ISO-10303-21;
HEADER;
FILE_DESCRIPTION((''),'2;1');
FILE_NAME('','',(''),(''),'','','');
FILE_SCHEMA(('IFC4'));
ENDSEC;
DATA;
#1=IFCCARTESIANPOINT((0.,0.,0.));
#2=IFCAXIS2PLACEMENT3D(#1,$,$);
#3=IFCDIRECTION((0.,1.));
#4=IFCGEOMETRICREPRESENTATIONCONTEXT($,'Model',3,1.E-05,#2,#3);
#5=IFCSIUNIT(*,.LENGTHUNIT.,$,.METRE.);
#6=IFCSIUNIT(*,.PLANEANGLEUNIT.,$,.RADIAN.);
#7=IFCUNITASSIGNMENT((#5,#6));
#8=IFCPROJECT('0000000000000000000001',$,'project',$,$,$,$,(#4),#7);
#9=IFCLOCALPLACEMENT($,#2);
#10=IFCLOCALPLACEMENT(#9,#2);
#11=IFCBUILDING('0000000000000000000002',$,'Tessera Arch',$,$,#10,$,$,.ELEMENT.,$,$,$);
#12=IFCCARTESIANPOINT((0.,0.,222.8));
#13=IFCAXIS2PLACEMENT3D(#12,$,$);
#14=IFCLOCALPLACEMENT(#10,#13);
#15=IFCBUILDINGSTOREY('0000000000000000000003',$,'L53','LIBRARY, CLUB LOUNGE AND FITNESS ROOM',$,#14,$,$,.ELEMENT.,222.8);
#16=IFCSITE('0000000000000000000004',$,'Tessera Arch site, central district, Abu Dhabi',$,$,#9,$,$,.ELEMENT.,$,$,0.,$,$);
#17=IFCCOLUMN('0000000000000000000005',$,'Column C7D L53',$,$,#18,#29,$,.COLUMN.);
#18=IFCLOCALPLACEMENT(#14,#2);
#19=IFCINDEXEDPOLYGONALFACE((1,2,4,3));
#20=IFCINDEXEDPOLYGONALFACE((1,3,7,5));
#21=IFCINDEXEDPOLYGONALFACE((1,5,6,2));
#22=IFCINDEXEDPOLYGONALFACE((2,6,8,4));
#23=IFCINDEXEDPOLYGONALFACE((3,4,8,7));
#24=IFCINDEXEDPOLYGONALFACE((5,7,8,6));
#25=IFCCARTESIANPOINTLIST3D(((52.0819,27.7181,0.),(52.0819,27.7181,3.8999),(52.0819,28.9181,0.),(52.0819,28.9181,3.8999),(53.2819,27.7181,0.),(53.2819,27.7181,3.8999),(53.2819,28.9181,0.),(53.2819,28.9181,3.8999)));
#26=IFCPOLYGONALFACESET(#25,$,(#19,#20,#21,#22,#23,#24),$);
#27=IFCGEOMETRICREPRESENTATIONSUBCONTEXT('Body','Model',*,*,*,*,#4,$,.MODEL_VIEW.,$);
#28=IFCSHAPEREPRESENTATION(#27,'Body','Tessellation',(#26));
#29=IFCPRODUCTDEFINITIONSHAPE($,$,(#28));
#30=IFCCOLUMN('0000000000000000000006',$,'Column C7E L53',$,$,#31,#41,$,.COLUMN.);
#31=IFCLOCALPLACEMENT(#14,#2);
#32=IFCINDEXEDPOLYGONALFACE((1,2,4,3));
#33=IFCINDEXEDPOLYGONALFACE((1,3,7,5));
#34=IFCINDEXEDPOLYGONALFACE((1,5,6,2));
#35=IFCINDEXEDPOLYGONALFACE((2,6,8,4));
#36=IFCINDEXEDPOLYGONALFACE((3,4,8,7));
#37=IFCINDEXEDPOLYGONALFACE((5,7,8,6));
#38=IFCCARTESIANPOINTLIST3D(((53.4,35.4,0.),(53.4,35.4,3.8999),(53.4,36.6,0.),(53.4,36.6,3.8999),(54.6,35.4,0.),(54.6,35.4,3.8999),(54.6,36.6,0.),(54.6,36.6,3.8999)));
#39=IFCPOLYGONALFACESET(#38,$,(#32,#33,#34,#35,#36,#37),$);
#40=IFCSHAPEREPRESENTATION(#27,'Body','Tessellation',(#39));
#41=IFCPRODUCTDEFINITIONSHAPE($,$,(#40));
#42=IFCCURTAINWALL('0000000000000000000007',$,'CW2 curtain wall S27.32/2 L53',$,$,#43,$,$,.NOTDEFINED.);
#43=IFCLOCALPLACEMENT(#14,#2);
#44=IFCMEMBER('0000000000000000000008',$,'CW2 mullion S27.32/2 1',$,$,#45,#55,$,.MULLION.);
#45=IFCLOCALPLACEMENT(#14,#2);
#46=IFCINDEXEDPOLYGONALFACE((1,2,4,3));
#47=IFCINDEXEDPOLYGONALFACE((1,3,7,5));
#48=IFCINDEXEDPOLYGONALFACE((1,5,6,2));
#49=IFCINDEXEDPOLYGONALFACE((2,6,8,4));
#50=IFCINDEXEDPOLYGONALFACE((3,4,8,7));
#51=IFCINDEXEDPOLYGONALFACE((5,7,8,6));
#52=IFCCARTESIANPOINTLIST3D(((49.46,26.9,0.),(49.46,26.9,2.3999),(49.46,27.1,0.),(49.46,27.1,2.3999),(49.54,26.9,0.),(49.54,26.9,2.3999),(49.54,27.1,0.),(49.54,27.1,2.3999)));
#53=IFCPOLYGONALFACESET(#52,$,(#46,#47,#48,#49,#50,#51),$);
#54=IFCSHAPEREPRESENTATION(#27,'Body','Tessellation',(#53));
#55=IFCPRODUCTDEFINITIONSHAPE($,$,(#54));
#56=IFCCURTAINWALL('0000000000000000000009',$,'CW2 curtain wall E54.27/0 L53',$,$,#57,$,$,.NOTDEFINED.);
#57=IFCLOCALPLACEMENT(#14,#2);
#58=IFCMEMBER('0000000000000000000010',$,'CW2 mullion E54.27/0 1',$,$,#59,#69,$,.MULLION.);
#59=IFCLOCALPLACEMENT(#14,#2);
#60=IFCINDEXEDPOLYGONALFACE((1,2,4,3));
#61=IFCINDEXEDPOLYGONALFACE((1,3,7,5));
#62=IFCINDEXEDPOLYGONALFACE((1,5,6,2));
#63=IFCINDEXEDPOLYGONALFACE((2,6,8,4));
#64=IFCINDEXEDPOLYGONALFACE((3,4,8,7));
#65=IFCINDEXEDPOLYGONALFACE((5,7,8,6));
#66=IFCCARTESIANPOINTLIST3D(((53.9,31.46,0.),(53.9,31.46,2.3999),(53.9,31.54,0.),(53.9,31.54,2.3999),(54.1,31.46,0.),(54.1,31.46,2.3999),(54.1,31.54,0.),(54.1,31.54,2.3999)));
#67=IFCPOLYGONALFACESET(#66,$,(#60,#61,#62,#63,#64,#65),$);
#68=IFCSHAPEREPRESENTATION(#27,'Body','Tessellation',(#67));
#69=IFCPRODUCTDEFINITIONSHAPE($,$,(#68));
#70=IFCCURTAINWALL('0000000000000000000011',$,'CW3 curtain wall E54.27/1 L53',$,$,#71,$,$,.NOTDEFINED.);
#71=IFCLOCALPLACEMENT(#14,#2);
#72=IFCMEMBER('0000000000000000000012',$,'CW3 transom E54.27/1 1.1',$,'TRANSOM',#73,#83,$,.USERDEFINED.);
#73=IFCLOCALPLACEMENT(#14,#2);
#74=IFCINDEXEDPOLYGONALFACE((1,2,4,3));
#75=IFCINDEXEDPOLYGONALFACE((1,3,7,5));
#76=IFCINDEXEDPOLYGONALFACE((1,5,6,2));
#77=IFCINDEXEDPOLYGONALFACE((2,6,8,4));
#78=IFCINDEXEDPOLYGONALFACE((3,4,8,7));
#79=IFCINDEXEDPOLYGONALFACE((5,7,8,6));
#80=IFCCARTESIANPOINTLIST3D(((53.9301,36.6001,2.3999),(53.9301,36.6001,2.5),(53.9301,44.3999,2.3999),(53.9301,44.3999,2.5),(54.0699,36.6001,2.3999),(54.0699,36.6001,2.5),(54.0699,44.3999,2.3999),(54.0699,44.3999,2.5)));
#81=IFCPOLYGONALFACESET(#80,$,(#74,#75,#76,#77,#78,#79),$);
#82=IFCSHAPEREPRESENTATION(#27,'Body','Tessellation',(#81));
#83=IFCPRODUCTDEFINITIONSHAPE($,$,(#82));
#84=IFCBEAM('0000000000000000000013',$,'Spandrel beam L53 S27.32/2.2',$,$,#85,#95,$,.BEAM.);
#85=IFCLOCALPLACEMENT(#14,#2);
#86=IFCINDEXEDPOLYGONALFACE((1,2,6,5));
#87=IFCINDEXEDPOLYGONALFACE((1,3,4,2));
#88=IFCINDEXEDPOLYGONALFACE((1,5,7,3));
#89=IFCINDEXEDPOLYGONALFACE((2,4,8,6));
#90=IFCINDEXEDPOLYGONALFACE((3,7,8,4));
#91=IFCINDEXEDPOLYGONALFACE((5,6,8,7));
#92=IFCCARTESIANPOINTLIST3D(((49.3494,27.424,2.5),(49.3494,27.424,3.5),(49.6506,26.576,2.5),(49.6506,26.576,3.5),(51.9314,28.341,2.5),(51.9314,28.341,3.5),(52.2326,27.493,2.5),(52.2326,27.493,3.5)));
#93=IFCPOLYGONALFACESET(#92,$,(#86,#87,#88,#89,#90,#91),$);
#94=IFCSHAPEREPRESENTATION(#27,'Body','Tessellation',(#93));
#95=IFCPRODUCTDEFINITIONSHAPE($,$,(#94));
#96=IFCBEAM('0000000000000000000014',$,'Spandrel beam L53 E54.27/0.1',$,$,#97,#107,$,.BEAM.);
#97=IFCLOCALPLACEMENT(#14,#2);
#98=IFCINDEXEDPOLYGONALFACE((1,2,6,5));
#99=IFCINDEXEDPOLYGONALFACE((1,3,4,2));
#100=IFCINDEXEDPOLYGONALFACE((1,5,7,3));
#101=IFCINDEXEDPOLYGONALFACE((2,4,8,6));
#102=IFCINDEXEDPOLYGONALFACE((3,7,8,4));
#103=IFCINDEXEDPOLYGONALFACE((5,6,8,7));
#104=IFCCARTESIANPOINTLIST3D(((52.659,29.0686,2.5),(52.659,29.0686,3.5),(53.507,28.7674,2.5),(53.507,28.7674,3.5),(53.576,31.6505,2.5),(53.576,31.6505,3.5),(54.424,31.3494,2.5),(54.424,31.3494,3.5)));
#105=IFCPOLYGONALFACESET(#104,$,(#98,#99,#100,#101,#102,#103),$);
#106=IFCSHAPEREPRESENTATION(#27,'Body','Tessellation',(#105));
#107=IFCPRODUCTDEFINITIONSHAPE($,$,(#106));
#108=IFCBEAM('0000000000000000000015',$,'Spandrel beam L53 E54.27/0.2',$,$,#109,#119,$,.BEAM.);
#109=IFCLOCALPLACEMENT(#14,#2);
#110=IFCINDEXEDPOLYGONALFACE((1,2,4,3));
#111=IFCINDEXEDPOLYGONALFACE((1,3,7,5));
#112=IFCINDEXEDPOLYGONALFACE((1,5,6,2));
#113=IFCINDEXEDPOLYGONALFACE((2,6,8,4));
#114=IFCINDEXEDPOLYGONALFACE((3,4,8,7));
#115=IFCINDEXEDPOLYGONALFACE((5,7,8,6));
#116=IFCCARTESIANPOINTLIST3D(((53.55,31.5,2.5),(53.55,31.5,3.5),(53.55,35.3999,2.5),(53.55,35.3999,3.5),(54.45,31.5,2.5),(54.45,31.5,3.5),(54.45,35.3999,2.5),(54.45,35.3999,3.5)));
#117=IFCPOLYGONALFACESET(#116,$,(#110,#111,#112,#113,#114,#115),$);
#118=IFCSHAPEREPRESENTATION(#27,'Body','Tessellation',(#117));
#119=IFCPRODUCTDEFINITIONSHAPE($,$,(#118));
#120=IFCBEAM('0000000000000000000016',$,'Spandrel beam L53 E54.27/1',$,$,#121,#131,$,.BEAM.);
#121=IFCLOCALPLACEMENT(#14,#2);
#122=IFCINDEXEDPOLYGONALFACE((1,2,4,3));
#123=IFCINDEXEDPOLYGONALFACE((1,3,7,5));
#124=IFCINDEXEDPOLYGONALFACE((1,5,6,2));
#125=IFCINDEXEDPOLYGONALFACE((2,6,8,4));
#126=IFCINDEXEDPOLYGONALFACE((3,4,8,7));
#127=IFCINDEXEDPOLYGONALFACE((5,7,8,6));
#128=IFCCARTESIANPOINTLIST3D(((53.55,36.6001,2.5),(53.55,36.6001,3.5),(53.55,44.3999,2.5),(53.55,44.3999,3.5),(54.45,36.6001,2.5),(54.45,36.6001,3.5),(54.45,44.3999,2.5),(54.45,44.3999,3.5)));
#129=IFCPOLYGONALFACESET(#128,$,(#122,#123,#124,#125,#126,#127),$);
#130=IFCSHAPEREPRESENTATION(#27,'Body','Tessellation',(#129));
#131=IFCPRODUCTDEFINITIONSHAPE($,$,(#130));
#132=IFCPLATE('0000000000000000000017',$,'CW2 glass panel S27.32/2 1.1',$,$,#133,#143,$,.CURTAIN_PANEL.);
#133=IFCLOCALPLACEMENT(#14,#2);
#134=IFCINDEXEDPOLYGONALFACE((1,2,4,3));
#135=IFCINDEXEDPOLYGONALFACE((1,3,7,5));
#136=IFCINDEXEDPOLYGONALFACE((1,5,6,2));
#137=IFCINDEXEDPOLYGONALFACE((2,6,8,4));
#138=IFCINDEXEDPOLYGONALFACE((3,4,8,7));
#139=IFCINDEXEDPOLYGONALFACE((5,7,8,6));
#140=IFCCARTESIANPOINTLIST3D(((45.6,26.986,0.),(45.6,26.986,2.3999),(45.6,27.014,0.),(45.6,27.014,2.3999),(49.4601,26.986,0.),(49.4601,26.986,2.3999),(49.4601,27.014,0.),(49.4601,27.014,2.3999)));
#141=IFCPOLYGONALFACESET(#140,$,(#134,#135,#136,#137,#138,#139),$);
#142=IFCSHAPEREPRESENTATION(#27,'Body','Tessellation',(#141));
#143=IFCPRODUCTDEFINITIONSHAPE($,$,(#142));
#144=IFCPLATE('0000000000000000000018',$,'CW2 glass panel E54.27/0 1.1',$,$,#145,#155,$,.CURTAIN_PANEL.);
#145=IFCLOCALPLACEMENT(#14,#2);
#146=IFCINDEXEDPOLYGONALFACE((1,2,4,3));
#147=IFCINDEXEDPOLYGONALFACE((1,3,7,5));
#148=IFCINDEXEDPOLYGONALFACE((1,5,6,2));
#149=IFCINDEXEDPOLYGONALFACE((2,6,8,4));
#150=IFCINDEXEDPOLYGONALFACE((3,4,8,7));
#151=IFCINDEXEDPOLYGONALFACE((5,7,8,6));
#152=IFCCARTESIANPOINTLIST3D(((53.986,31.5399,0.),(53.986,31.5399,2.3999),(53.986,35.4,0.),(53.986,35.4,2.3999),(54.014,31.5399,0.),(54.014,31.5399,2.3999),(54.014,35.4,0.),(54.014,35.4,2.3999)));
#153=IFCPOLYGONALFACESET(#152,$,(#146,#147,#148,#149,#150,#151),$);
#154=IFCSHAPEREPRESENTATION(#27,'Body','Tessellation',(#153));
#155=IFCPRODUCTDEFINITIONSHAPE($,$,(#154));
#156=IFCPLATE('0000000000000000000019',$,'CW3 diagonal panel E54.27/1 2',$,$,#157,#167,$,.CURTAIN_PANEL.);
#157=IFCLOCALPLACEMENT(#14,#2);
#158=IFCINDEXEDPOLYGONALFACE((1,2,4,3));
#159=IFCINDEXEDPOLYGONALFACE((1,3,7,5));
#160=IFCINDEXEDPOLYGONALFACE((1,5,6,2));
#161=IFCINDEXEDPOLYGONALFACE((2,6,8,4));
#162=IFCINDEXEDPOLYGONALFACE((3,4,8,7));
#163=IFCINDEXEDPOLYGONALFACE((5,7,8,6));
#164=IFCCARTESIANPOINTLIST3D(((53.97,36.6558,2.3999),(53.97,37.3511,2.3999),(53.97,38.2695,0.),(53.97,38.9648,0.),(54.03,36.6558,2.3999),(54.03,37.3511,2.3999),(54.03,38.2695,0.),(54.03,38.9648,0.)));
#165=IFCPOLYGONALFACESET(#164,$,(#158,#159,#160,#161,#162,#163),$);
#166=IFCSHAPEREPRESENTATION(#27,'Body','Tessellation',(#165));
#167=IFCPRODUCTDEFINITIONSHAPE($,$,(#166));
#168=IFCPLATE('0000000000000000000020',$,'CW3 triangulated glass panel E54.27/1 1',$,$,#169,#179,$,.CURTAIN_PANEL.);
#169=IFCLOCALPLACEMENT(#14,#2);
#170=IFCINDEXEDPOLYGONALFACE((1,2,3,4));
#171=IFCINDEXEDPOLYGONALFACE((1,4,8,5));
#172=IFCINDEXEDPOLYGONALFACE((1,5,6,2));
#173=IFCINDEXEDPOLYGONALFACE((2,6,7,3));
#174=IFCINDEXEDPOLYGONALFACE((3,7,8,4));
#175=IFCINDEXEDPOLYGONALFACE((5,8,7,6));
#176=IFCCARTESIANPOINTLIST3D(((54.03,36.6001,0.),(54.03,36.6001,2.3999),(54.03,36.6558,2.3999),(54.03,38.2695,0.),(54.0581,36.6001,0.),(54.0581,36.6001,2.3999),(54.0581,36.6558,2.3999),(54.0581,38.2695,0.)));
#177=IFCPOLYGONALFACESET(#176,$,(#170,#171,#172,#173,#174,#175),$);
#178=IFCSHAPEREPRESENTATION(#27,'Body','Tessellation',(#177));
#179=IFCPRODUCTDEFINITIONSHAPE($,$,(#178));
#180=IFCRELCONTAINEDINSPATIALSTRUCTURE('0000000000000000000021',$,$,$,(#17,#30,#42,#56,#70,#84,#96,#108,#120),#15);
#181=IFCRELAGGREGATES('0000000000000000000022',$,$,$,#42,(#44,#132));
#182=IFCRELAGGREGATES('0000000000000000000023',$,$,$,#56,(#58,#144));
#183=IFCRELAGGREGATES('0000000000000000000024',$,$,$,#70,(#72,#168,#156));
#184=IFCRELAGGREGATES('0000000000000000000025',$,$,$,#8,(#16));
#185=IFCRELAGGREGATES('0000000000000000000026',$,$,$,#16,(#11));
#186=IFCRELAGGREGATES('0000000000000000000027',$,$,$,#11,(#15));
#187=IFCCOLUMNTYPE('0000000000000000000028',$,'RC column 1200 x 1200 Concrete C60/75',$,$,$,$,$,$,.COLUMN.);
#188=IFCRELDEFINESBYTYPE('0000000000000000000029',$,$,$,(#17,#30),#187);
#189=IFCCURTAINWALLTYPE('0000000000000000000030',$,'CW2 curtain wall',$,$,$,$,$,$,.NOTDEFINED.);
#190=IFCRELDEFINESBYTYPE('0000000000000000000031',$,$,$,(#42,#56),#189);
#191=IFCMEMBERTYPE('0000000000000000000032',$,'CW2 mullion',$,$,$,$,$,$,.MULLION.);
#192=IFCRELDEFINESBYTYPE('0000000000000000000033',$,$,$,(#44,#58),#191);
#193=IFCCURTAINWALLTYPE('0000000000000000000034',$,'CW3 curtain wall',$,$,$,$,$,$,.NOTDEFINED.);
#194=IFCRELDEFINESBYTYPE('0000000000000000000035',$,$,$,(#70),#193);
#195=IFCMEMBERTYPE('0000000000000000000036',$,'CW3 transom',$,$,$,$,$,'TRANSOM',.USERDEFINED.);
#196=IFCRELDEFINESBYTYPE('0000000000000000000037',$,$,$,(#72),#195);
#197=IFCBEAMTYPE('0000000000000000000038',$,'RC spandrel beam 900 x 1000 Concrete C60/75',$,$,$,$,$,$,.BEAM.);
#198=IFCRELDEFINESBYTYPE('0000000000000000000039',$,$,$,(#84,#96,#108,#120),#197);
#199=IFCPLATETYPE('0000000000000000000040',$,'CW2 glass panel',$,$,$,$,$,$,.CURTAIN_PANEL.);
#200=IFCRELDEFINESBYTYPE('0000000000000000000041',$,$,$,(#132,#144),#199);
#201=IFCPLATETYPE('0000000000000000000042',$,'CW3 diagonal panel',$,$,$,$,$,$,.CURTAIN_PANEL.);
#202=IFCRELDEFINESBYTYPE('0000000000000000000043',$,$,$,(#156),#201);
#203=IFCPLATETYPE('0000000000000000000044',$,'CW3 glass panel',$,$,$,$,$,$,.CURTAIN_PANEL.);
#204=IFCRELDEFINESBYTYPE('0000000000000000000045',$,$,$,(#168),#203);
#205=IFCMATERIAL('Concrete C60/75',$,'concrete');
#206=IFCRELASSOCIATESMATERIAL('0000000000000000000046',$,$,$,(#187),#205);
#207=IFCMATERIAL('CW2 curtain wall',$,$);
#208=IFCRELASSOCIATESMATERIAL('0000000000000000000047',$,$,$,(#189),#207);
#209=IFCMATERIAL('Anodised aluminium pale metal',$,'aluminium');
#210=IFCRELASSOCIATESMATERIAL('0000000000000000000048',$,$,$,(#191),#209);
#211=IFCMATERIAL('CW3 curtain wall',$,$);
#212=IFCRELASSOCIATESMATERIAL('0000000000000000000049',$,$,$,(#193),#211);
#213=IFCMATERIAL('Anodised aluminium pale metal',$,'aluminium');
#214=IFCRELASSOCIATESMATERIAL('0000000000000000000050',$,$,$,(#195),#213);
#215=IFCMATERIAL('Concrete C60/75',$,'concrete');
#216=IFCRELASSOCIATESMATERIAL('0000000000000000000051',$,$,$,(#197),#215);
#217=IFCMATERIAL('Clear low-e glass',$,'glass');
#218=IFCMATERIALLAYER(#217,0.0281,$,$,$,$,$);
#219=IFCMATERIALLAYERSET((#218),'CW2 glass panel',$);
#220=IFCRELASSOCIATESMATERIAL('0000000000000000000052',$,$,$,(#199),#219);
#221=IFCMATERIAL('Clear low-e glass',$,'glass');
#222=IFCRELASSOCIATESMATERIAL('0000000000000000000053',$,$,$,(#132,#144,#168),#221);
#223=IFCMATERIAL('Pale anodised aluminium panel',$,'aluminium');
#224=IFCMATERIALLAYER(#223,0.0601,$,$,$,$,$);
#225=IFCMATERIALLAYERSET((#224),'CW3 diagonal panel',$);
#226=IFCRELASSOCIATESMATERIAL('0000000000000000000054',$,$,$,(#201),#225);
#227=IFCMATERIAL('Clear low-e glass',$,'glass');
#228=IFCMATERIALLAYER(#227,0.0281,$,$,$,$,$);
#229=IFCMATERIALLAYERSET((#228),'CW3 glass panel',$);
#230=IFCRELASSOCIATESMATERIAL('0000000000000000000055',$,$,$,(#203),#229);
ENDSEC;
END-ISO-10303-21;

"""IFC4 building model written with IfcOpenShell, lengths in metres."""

from ifc_helpers import new_model, si_unit, direction, frame, origin, origin_2d, place, context, subcontext, project, spatial, polyline, rectangle, outline, extrude, material, layer, layer_set, material_profile, profile_set, type_object, element, aggregate, save


model = new_model("IFC4")

# Units and contexts
model_context = context("Model", 3, precision=1e-05, world=origin(), true_north=direction((0.0, 1.0)))
body_context = subcontext(model_context, "Body", "Model", "MODEL_VIEW")
ifc_project = project(units=[si_unit("LENGTHUNIT", "METRE"), si_unit("PLANEANGLEUNIT", "RADIAN")], contexts=[model_context])

# Site, building, storey
site_placement = place(None, origin())
site = spatial("IfcSite", under=ifc_project, at=site_placement, Name="Tessera Arch site, central district, Abu Dhabi", CompositionType="ELEMENT", RefElevation=0.0)
building_placement = place(site_placement, origin())
building = spatial("IfcBuilding", under=site, at=building_placement, Name="Tessera Arch", CompositionType="ELEMENT")
storey_placement = place(building_placement, frame((0.0, 0.0, 222.8)))
storey = spatial("IfcBuildingStorey", under=building, at=storey_placement, Name="L53", Description="LIBRARY, CLUB LOUNGE AND FITNESS ROOM", CompositionType="ELEMENT", Elevation=222.8)

# Columns
ifc_material_1 = material(Name="Concrete C60/75", Category="concrete")
ifc_material_profile_1 = material_profile(ifc_material_1, rectangle(XDim=1.2, YDim=1.2, at=origin_2d()), Name="RC column 1200 x 1200 Concrete C60/75")
ifc_profile_set_1 = profile_set([ifc_material_profile_1], Name="Concrete C60/75")
column_type = type_object("IfcColumnType", Name="RC column 1200 x 1200 Concrete C60/75", PredefinedType="COLUMN", material=ifc_profile_set_1)
for number, where, z_axis, x_axis, name in (
    (1, (52.6819, 28.3181, 0.0), (0.0, 0.0, 1.0), (1.0, 0.0, 0.0), "Column C7D L53"),
    (2, (54.0, 36.0, 0.0), (0.0, 0.0, 1.0), (1.0, 0.0, 0.0), "Column C7E L53"),
):
    element("IfcColumn", number, at=place(storey_placement, frame(where, z_axis=z_axis, x_axis=x_axis)), inside=storey, type_object=column_type, Name=name, PredefinedType="COLUMN", context=body_context, shape_type="SweptSolid", body=[
        extrude(rectangle(XDim=1.2, YDim=1.2, at=origin_2d()), origin(), (0.0, 0.0, 1.0), 3.8999),
    ])

# Curtain walls, members
ifc_material_2 = material(Name="CW2 curtain wall")
curtain_wall_type_1 = type_object("IfcCurtainWallType", Name="CW2 curtain wall", PredefinedType="NOTDEFINED", material=ifc_material_2)
curtain_wall_1_placement = place(storey_placement, origin())
curtain_wall_1 = element("IfcCurtainWall", 3, at=curtain_wall_1_placement, inside=storey, type_object=curtain_wall_type_1, Name="CW2 curtain wall S27.32/2 L53", PredefinedType="NOTDEFINED")
ifc_material_3 = material(Name="Anodised aluminium pale metal", Category="aluminium")
ifc_material_profile_2 = material_profile(ifc_material_3, rectangle(XDim=0.2, YDim=0.0801, at=origin_2d()), Name="AL 80x200")
ifc_profile_set_2 = profile_set([ifc_material_profile_2], Name="Anodised aluminium pale metal")
member_type_1 = type_object("IfcMemberType", Name="CW2 mullion", PredefinedType="MULLION", material=ifc_profile_set_2)
member_1_placement = place(storey_placement, frame((49.5, 27.0, 0.0), z_axis=(0.0, 0.0, 1.0), x_axis=(0.0, 1.0, 0.0)))
member_1 = element("IfcMember", 4, at=member_1_placement, type_object=member_type_1, Name="CW2 mullion S27.32/2 1", PredefinedType="MULLION", context=body_context, shape_type="SweptSolid", body=[
    extrude(rectangle(XDim=0.2, YDim=0.0801, at=origin_2d()), origin(), (0.0, 0.0, 1.0), 2.3999),
])
curtain_wall_2_placement = place(storey_placement, origin())
curtain_wall_2 = element("IfcCurtainWall", 5, at=curtain_wall_2_placement, inside=storey, type_object=curtain_wall_type_1, Name="CW2 curtain wall E54.27/0 L53", PredefinedType="NOTDEFINED")
member_2_placement = place(storey_placement, frame((54.0, 31.5, 0.0), z_axis=(0.0, 0.0, 1.0), x_axis=(-1.0, 0.0, 0.0)))
member_2 = element("IfcMember", 6, at=member_2_placement, type_object=member_type_1, Name="CW2 mullion E54.27/0 1", PredefinedType="MULLION", context=body_context, shape_type="SweptSolid", body=[
    extrude(rectangle(XDim=0.2, YDim=0.0801, at=origin_2d()), origin(), (0.0, 0.0, 1.0), 2.3999),
])
ifc_material_4 = material(Name="CW3 curtain wall")
curtain_wall_type_2 = type_object("IfcCurtainWallType", Name="CW3 curtain wall", PredefinedType="NOTDEFINED", material=ifc_material_4)
curtain_wall_3_placement = place(storey_placement, origin())
curtain_wall_3 = element("IfcCurtainWall", 7, at=curtain_wall_3_placement, inside=storey, type_object=curtain_wall_type_2, Name="CW3 curtain wall E54.27/1 L53", PredefinedType="NOTDEFINED")
ifc_material_5 = material(Name="Anodised aluminium pale metal", Category="aluminium")
ifc_material_profile_3 = material_profile(ifc_material_5, rectangle(XDim=0.1399, YDim=0.1001, at=origin_2d()), Name="AL 140x100")
ifc_profile_set_3 = profile_set([ifc_material_profile_3], Name="Anodised aluminium pale metal")
member_type_2 = type_object("IfcMemberType", Name="CW3 transom", ElementType="TRANSOM", PredefinedType="USERDEFINED", material=ifc_profile_set_3)
member_3_placement = place(storey_placement, frame((54.0, 36.6001, 2.45), z_axis=(0.0, 1.0, 0.0), x_axis=(-1.0, 0.0, 0.0)))
member_3 = element("IfcMember", 8, at=member_3_placement, type_object=member_type_2, Name="CW3 transom E54.27/1 1.1", ObjectType="TRANSOM", PredefinedType="USERDEFINED", context=body_context, shape_type="SweptSolid", body=[
    extrude(rectangle(XDim=0.1399, YDim=0.1001, at=origin_2d()), origin(), (0.0, 0.0, 1.0), 7.7998),
])

# Beams
ifc_material_6 = material(Name="Concrete C60/75", Category="concrete")
ifc_material_profile_4 = material_profile(ifc_material_6, rectangle(XDim=0.8999, YDim=1.0, at=origin_2d()), Name="RC spandrel beam 900 x 1000 Concrete C60/75")
ifc_profile_set_4 = profile_set([ifc_material_profile_4], Name="Concrete C60/75")
beam_type = type_object("IfcBeamType", Name="RC spandrel beam 900 x 1000 Concrete C60/75", PredefinedType="BEAM", material=ifc_profile_set_4)
for number, where, z_axis, x_axis, name in (
    (9, (49.5, 27.0, 3.0), (0.942337, 0.334665, 0.0), (-0.334665, 0.942337, 0.0), "Spandrel beam L53 S27.32/2.2"),
    (10, (53.083, 28.918, 3.0), (0.334665, 0.942337, 0.0), (-0.942337, 0.334665, 0.0), "Spandrel beam L53 E54.27/0.1"),
):
    element("IfcBeam", number, at=place(storey_placement, frame(where, z_axis=z_axis, x_axis=x_axis)), inside=storey, type_object=beam_type, Name=name, PredefinedType="BEAM", context=body_context, shape_type="SweptSolid", body=[
        extrude(rectangle(XDim=0.8999, YDim=1.0, at=origin_2d()), origin(), (0.0, 0.0, 1.0), 2.74),
    ])
beam_1_placement = place(storey_placement, frame((54.0, 31.5, 3.0), z_axis=(0.0, 1.0, 0.0), x_axis=(-1.0, 0.0, 0.0)))
element("IfcBeam", 11, at=beam_1_placement, inside=storey, type_object=beam_type, Name="Spandrel beam L53 E54.27/0.2", PredefinedType="BEAM", context=body_context, shape_type="SweptSolid", body=[
    extrude(rectangle(XDim=0.8999, YDim=1.0, at=origin_2d()), origin(), (0.0, 0.0, 1.0), 3.8999),
])
beam_2_placement = place(storey_placement, frame((54.0, 36.6001, 3.0), z_axis=(0.0, 1.0, 0.0), x_axis=(-1.0, 0.0, 0.0)))
element("IfcBeam", 12, at=beam_2_placement, inside=storey, type_object=beam_type, Name="Spandrel beam L53 E54.27/1", PredefinedType="BEAM", context=body_context, shape_type="SweptSolid", body=[
    extrude(rectangle(XDim=0.8999, YDim=1.0, at=origin_2d()), origin(), (0.0, 0.0, 1.0), 7.7998),
])

# Plates
ifc_material_7 = material(Name="Clear low-e glass", Category="glass")
ifc_material_8 = material(Name="Clear low-e glass", Category="glass")
ifc_layer_1 = layer(ifc_material_8, 0.0281)
ifc_layer_set_1 = layer_set([ifc_layer_1], Name="CW2 glass panel")
plate_type_1 = type_object("IfcPlateType", Name="CW2 glass panel", PredefinedType="CURTAIN_PANEL", material=ifc_layer_set_1)
plate_1_placement = place(storey_placement, frame((47.53, 27.0, 0.0), z_axis=(0.0, 0.0, 1.0), x_axis=(1.0, 0.0, 0.0)))
plate_1 = element("IfcPlate", 13, at=plate_1_placement, type_object=plate_type_1, material=ifc_material_7, Name="CW2 glass panel S27.32/2 1.1", PredefinedType="CURTAIN_PANEL", context=body_context, shape_type="SweptSolid", body=[
    extrude(rectangle(XDim=3.8601, YDim=0.0281, at=origin_2d()), origin(), (0.0, 0.0, 1.0), 2.3999),
])
aggregate(curtain_wall_1, [member_1, plate_1])
plate_2_placement = place(storey_placement, frame((54.0, 33.47, 0.0), z_axis=(0.0, 0.0, 1.0), x_axis=(0.0, 1.0, 0.0)))
plate_2 = element("IfcPlate", 14, at=plate_2_placement, type_object=plate_type_1, material=ifc_material_7, Name="CW2 glass panel E54.27/0 1.1", PredefinedType="CURTAIN_PANEL", context=body_context, shape_type="SweptSolid", body=[
    extrude(rectangle(XDim=3.8601, YDim=0.0281, at=origin_2d()), origin(), (0.0, 0.0, 1.0), 2.3999),
])
aggregate(curtain_wall_2, [member_2, plate_2])
ifc_material_9 = material(Name="Pale anodised aluminium panel", Category="aluminium")
ifc_layer_2 = layer(ifc_material_9, 0.0601)
ifc_layer_set_2 = layer_set([ifc_layer_2], Name="CW3 diagonal panel")
plate_type_2 = type_object("IfcPlateType", Name="CW3 diagonal panel", PredefinedType="CURTAIN_PANEL", material=ifc_layer_set_2)
plate_3_placement = place(storey_placement, frame((54.03, 37.3511, 2.3999), z_axis=(1.0, 0.0, 0.0), x_axis=(0.0, -1.0, 0.0)))
plate_3 = element("IfcPlate", 15, at=plate_3_placement, type_object=plate_type_2, Name="CW3 diagonal panel E54.27/1 2", PredefinedType="CURTAIN_PANEL", context=body_context, shape_type="SweptSolid", body=[
    extrude(outline(polyline([(0.0, 0.0), (0.6953, 0.0), (-0.9185, 2.3999), (-1.6138, 2.3999), (0.0, 0.0)])), origin(), (0.0, 0.0, -1.0), 0.0601),
])
ifc_material_10 = material(Name="Clear low-e glass", Category="glass")
ifc_layer_3 = layer(ifc_material_10, 0.0281)
ifc_layer_set_3 = layer_set([ifc_layer_3], Name="CW3 glass panel")
plate_type_3 = type_object("IfcPlateType", Name="CW3 glass panel", PredefinedType="CURTAIN_PANEL", material=ifc_layer_set_3)
plate_4_placement = place(storey_placement, frame((54.0581, 36.6001, 0.0), z_axis=(1.0, 0.0, 0.0), x_axis=(0.0, 1.0, 0.0)))
plate_4 = element("IfcPlate", 16, at=plate_4_placement, type_object=plate_type_3, material=ifc_material_7, Name="CW3 triangulated glass panel E54.27/1 1", PredefinedType="CURTAIN_PANEL", context=body_context, shape_type="SweptSolid", body=[
    extrude(outline(polyline([(0.0, 0.0), (1.6694, 0.0), (0.0557, 2.3999), (0.0, 2.3999), (0.0, 0.0)])), origin(), (0.0, 0.0, -1.0), 0.0281),
])
aggregate(curtain_wall_3, [member_3, plate_4, plate_3])

save(model, "model.ifc")
